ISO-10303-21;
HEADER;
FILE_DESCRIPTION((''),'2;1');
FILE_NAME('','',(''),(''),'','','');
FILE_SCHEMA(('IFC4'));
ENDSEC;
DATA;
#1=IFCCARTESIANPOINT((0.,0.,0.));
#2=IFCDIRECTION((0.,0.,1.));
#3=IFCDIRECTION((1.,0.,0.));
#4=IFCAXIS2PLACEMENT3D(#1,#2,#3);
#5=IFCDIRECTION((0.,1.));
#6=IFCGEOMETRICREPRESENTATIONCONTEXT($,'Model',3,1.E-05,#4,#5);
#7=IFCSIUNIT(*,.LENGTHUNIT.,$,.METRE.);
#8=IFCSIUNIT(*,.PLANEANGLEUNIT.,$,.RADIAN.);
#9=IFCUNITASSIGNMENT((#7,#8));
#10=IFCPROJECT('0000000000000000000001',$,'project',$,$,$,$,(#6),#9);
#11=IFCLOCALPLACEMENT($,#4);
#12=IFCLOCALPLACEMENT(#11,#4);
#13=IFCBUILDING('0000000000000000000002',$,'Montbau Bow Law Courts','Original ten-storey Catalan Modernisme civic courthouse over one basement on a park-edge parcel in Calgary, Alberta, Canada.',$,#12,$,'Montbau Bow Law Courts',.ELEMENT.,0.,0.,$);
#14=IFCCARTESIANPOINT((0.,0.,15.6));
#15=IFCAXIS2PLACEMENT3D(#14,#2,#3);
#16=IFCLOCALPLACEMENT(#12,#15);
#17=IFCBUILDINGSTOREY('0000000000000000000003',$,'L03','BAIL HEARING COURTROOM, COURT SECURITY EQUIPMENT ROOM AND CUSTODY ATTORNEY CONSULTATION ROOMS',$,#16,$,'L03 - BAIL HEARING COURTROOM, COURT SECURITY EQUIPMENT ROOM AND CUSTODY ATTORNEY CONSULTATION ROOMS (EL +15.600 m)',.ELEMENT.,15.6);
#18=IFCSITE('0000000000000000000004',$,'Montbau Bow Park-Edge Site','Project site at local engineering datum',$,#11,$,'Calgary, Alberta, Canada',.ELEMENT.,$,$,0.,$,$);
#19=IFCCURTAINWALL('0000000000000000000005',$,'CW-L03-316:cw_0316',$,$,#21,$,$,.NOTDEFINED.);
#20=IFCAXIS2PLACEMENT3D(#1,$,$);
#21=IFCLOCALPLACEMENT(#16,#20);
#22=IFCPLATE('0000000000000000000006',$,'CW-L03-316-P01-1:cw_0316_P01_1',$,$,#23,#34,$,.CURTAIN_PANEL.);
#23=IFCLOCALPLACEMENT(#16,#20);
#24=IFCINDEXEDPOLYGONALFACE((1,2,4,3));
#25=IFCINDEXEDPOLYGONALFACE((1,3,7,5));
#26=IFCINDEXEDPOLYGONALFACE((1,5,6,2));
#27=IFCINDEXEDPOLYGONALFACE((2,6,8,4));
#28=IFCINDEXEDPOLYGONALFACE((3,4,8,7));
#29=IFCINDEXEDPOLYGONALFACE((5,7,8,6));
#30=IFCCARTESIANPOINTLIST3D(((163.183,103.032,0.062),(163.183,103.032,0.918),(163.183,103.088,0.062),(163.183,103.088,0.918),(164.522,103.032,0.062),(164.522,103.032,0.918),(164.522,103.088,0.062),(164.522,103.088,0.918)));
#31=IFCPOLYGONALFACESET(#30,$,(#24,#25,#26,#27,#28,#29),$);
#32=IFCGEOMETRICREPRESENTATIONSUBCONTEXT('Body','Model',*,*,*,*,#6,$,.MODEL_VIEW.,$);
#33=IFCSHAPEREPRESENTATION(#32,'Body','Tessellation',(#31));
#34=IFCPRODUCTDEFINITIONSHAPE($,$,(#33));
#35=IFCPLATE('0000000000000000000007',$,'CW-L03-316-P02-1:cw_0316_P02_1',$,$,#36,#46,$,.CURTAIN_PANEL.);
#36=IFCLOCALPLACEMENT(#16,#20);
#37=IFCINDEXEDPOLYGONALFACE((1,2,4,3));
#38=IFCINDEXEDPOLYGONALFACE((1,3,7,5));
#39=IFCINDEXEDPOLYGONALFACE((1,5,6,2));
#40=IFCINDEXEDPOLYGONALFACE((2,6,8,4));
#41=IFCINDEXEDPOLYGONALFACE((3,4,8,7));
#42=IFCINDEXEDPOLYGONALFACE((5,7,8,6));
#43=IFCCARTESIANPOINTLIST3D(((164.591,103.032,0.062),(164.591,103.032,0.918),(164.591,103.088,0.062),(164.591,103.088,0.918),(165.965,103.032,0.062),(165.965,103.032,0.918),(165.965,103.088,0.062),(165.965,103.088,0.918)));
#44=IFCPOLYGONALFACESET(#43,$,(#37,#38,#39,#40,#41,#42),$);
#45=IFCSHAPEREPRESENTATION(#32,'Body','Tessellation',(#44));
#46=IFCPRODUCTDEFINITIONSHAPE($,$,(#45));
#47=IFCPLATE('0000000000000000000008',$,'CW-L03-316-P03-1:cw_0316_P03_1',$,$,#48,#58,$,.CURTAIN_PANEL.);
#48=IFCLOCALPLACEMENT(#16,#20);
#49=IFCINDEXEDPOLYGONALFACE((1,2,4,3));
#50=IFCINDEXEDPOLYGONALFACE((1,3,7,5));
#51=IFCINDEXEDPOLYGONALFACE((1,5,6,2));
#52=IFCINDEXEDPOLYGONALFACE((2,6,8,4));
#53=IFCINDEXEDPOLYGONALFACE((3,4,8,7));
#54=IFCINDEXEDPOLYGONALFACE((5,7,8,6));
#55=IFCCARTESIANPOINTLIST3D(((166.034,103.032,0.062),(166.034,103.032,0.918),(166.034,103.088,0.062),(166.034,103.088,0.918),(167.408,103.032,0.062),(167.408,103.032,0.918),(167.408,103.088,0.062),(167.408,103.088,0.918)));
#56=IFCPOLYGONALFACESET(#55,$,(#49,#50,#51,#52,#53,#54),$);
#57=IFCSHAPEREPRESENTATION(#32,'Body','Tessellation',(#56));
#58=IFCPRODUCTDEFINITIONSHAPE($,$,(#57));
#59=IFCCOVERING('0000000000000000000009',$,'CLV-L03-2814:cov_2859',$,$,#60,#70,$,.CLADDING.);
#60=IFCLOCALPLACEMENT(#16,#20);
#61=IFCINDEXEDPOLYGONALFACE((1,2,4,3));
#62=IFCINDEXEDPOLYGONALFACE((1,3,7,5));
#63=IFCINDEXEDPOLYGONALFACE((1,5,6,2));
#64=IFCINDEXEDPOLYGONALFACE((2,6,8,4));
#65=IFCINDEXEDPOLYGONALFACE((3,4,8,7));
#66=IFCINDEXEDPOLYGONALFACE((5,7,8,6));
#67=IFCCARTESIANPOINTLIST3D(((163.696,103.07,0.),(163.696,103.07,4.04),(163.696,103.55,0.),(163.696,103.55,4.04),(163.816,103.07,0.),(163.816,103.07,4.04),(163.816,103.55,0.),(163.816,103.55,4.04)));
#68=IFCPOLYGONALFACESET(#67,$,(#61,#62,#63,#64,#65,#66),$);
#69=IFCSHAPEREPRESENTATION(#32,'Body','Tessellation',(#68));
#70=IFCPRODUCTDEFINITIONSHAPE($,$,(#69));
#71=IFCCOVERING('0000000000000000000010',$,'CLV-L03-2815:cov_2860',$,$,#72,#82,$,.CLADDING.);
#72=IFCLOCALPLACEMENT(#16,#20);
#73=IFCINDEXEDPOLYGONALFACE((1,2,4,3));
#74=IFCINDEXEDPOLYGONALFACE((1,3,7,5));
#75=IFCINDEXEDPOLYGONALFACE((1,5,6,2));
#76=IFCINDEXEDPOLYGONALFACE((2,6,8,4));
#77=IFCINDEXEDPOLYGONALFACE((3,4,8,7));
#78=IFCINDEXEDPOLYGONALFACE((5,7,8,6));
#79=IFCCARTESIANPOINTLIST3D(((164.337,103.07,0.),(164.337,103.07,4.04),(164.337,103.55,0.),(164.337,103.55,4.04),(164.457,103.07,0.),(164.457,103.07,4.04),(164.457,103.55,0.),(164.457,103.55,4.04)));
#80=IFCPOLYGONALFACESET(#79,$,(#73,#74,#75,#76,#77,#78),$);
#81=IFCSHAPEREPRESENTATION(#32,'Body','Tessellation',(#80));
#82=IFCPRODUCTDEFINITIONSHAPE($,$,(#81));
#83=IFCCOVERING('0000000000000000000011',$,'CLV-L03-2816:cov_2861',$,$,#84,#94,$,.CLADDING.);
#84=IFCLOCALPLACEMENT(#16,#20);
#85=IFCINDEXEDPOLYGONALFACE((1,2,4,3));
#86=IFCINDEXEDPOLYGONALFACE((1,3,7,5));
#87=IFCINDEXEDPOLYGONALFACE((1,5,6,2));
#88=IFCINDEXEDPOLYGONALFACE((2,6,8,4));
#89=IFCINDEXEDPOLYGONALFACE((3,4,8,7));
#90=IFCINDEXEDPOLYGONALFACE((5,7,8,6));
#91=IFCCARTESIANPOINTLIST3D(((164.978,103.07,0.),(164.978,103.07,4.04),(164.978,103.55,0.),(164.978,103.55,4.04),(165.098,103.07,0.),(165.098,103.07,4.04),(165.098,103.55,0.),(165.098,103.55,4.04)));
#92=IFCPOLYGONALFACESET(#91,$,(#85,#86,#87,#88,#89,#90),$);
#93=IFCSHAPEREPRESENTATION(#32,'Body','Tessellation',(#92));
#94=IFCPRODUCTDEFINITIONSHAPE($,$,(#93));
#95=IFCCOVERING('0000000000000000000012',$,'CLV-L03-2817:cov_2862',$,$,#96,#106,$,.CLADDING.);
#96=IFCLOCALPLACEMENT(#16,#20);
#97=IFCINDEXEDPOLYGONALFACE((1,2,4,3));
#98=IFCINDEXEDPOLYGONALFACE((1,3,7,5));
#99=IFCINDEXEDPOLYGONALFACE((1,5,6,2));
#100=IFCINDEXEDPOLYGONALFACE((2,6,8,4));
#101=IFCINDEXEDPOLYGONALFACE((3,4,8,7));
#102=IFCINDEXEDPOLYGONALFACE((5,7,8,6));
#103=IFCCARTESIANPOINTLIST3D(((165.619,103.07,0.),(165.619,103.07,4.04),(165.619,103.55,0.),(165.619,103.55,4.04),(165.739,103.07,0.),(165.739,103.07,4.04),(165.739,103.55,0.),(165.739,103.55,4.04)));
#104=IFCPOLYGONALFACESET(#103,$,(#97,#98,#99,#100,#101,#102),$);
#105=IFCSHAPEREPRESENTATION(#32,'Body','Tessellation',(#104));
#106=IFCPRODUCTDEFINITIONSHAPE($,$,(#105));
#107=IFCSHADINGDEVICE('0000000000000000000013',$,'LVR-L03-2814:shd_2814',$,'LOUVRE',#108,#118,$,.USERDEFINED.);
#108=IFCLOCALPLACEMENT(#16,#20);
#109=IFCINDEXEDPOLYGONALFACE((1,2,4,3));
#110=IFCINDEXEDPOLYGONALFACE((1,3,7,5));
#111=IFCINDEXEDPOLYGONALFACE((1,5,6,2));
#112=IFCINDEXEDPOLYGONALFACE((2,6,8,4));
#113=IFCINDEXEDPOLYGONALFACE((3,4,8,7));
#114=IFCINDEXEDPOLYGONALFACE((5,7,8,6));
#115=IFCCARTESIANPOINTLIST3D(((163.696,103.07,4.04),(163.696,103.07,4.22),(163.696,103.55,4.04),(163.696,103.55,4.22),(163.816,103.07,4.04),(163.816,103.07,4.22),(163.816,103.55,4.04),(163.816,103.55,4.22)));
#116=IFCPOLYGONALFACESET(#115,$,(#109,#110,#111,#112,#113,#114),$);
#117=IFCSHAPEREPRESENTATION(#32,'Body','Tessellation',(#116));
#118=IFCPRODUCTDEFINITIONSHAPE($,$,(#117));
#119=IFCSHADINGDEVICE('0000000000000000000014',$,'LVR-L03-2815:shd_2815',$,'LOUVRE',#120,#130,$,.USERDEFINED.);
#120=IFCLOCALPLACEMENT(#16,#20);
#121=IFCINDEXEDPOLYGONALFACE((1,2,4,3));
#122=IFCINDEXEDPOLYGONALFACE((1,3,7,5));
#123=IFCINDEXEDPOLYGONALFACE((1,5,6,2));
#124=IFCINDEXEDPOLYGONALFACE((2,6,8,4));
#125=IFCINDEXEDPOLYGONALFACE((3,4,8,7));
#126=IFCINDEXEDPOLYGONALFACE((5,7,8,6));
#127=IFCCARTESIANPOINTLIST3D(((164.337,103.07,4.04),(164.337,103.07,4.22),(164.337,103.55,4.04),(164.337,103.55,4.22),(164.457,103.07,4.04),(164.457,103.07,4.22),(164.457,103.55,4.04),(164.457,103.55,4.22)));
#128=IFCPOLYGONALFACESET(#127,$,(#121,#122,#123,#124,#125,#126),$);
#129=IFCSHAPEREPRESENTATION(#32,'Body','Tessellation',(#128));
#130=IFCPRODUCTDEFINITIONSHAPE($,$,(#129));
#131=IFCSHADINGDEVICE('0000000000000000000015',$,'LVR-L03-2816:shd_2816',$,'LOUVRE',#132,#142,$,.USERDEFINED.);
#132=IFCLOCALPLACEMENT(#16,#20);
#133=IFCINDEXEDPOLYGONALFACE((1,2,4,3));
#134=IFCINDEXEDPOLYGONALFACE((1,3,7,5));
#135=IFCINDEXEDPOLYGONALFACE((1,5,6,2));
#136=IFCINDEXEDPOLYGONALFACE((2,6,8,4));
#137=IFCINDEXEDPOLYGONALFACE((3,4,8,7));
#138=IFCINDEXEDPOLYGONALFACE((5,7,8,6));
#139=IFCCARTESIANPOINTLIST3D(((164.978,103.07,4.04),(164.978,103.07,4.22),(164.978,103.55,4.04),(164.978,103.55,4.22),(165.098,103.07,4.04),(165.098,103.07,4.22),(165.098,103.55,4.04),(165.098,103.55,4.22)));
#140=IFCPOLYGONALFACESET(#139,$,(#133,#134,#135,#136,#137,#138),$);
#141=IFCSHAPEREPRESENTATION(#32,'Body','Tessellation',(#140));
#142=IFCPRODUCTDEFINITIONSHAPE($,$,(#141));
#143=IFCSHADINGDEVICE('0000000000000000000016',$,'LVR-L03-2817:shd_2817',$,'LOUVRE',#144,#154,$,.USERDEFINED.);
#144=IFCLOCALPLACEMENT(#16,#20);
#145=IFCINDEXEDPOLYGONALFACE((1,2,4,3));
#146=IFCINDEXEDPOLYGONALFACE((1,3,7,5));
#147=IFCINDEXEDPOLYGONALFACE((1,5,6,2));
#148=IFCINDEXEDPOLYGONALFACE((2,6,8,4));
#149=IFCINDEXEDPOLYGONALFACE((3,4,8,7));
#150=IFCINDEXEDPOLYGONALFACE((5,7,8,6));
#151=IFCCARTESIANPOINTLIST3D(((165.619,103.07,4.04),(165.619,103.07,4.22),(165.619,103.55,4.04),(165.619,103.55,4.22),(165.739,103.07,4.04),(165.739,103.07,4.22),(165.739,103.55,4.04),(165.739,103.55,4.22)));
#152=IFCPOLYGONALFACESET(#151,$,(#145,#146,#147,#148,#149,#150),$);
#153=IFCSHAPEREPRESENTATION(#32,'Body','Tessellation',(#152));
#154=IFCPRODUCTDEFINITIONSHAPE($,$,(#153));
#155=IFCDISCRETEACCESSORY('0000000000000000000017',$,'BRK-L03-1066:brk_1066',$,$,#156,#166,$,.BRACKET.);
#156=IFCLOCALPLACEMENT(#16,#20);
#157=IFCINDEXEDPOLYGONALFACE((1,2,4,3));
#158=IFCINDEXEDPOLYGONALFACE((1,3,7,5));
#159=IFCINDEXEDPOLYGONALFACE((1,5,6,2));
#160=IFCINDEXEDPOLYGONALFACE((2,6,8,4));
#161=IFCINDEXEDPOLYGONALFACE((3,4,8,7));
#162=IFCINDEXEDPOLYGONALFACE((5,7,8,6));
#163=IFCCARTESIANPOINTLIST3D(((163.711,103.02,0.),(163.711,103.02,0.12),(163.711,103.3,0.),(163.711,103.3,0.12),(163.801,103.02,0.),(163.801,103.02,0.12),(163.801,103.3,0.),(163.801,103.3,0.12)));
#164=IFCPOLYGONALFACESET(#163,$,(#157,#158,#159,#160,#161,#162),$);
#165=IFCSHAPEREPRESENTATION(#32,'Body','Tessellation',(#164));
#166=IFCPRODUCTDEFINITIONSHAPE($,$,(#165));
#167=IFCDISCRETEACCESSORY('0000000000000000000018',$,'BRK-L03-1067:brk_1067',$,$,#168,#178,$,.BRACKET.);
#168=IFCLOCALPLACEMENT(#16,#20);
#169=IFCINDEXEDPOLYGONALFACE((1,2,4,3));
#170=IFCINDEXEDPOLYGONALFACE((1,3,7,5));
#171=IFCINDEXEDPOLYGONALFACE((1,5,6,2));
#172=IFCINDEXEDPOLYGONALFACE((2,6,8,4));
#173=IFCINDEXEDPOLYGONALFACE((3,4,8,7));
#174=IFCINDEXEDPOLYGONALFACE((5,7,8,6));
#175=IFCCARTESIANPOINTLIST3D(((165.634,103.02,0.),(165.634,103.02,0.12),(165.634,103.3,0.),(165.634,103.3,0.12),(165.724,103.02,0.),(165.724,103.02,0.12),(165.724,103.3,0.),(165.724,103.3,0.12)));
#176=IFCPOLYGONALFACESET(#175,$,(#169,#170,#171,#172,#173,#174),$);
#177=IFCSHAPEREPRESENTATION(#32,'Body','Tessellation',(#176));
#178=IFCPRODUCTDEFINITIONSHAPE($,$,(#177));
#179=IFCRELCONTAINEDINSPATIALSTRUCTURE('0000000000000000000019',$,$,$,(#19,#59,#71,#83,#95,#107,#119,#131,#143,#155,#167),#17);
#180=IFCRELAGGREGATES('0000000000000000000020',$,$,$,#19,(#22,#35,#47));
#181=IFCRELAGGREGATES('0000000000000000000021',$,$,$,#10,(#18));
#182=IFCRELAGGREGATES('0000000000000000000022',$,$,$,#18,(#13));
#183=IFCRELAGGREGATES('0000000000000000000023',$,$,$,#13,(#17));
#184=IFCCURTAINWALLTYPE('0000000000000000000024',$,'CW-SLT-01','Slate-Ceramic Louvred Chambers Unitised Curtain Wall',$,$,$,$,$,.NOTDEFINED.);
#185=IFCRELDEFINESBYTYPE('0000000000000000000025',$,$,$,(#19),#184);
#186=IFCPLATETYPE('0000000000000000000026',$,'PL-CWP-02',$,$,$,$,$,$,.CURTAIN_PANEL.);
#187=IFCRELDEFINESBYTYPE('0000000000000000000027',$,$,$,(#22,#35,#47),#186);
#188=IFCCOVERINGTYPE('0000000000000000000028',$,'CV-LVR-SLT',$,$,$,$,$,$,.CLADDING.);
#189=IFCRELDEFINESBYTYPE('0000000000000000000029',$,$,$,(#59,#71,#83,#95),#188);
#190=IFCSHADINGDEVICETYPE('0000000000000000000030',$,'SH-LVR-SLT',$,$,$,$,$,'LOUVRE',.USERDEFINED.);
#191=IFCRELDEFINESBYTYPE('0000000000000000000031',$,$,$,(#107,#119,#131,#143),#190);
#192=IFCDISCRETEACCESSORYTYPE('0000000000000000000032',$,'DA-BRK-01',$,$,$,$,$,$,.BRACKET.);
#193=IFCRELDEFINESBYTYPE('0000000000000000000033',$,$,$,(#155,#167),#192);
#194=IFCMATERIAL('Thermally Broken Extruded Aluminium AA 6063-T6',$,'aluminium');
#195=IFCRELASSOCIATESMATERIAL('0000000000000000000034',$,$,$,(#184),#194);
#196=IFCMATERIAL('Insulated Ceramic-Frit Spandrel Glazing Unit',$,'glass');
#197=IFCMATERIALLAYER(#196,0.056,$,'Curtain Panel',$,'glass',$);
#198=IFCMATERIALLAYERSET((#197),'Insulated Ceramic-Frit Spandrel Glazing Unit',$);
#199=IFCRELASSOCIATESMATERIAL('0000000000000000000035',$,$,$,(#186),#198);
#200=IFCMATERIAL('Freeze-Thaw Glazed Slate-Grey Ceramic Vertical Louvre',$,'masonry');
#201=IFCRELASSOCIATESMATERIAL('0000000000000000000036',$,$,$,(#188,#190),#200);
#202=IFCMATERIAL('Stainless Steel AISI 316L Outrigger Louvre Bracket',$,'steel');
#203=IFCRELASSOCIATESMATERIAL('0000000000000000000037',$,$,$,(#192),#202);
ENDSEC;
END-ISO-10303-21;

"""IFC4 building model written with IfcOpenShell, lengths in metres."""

from ifc_helpers import new_model, si_unit, direction, frame, frame_2d, origin_with_axes, origin_2d_with_axis, place, context, subcontext, project, spatial, rectangle, extrude, material, layer, layer_set, type_object, element, aggregate, save


model = new_model("IFC4")

# Units and contexts
model_context = context("Model", 3, precision=1e-05, world=origin_with_axes(), true_north=direction((0.0, 1.0)))
body_context = subcontext(model_context, "Body", "Model", "MODEL_VIEW")
ifc_project = project(units=[si_unit("LENGTHUNIT", "METRE"), si_unit("PLANEANGLEUNIT", "RADIAN")], contexts=[model_context])

# Site, building, storey
site_placement = place(None, origin_with_axes())
site = spatial("IfcSite", under=ifc_project, at=site_placement, Name="Montbau Bow Park-Edge Site", Description="Project site at local engineering datum", LongName="Calgary, Alberta, Canada", CompositionType="ELEMENT", RefElevation=0.0)
building_placement = place(site_placement, origin_with_axes())
building = spatial("IfcBuilding", under=site, at=building_placement, Name="Montbau Bow Law Courts", Description="Original ten-storey Catalan Modernisme civic courthouse over one basement on a park-edge parcel in Calgary, Alberta, Canada.", LongName="Montbau Bow Law Courts", CompositionType="ELEMENT", ElevationOfRefHeight=0.0, ElevationOfTerrain=0.0)
storey_placement = place(building_placement, frame((0.0, 0.0, 15.6), z_axis=(0.0, 0.0, 1.0), x_axis=(1.0, 0.0, 0.0)))
storey = spatial("IfcBuildingStorey", under=building, at=storey_placement, Name="L03", Description="BAIL HEARING COURTROOM, COURT SECURITY EQUIPMENT ROOM AND CUSTODY ATTORNEY CONSULTATION ROOMS", LongName="L03 - BAIL HEARING COURTROOM, COURT SECURITY EQUIPMENT ROOM AND CUSTODY ATTORNEY CONSULTATION ROOMS (EL +15.600 m)", CompositionType="ELEMENT", Elevation=15.6)

# Curtain wall, plates
ifc_material_1 = material(Name="Thermally Broken Extruded Aluminium AA 6063-T6", Category="aluminium")
curtain_wall_type = type_object("IfcCurtainWallType", Name="CW-SLT-01", Description="Slate-Ceramic Louvred Chambers Unitised Curtain Wall", PredefinedType="NOTDEFINED", material=ifc_material_1)
curtain_wall_placement = place(None, frame((163.115, 103.06, 15.6), z_axis=(0.0, 0.0, 1.0), x_axis=(1.0, 0.0, 0.0)))
curtain_wall = element("IfcCurtainWall", 1, at=curtain_wall_placement, inside=storey, type_object=curtain_wall_type, Name="CW-L03-316:cw_0316", PredefinedType="NOTDEFINED")
ifc_material_2 = material(Name="Insulated Ceramic-Frit Spandrel Glazing Unit", Category="glass")
ifc_layer_1 = layer(ifc_material_2, 0.056, Name="Curtain Panel", Category="glass")
ifc_layer_set_1 = layer_set([ifc_layer_1], Name="Insulated Ceramic-Frit Spandrel Glazing Unit")
plate_type_1 = type_object("IfcPlateType", Name="PL-CWP-02", PredefinedType="CURTAIN_PANEL", material=ifc_layer_set_1)
plate_1_placement = place(None, frame((163.183, 103.06, 15.662), z_axis=(0.0, -1.0, 0.0), x_axis=(1.0, 0.0, 0.0)))
plate_1 = element("IfcPlate", 2, at=plate_1_placement, type_object=plate_type_1, Name="CW-L03-316-P01-1:cw_0316_P01_1", PredefinedType="CURTAIN_PANEL", context=body_context, shape_type="SweptSolid", body=[
    extrude(rectangle(XDim=1.339, YDim=0.856, at=frame_2d((0.6695, 0.428), x_axis=(1.0, 0.0))), frame((0.0, 0.0, -0.028), z_axis=(0.0, 0.0, 1.0), x_axis=(1.0, 0.0, 0.0)), (0.0, 0.0, 1.0), 0.056),
])
plate_2_placement = place(None, frame((164.591, 103.06, 15.662), z_axis=(0.0, -1.0, 0.0), x_axis=(1.0, 0.0, 0.0)))
plate_2 = element("IfcPlate", 3, at=plate_2_placement, type_object=plate_type_1, Name="CW-L03-316-P02-1:cw_0316_P02_1", PredefinedType="CURTAIN_PANEL", context=body_context, shape_type="SweptSolid", body=[
    extrude(rectangle(XDim=1.374, YDim=0.856, at=frame_2d((0.687, 0.428), x_axis=(1.0, 0.0))), frame((0.0, 0.0, -0.028), z_axis=(0.0, 0.0, 1.0), x_axis=(1.0, 0.0, 0.0)), (0.0, 0.0, 1.0), 0.056),
])
plate_3_placement = place(None, frame((166.034, 103.06, 15.662), z_axis=(0.0, -1.0, 0.0), x_axis=(1.0, 0.0, 0.0)))
plate_3 = element("IfcPlate", 4, at=plate_3_placement, type_object=plate_type_1, Name="CW-L03-316-P03-1:cw_0316_P03_1", PredefinedType="CURTAIN_PANEL", context=body_context, shape_type="SweptSolid", body=[
    extrude(rectangle(XDim=1.374, YDim=0.856, at=frame_2d((0.687, 0.428), x_axis=(1.0, 0.0))), frame((0.0, 0.0, -0.028), z_axis=(0.0, 0.0, 1.0), x_axis=(1.0, 0.0, 0.0)), (0.0, 0.0, 1.0), 0.056),
])
aggregate(curtain_wall, [plate_1, plate_2, plate_3])

# Coverings
ifc_material_3 = material(Name="Freeze-Thaw Glazed Slate-Grey Ceramic Vertical Louvre", Category="masonry")
covering_type = type_object("IfcCoveringType", Name="CV-LVR-SLT", PredefinedType="CLADDING", material=ifc_material_3)
for number, where, z_axis, x_axis, name in (
    (5, (163.756, 103.07, 15.6), (1.0, 0.0, 0.0), (0.0, 1.0, 0.0), "CLV-L03-2814:cov_2859"),
    (6, (164.397, 103.07, 15.6), (1.0, 0.0, 0.0), (0.0, 1.0, 0.0), "CLV-L03-2815:cov_2860"),
    (7, (165.038, 103.07, 15.6), (1.0, 0.0, 0.0), (0.0, 1.0, 0.0), "CLV-L03-2816:cov_2861"),
    (8, (165.679, 103.07, 15.6), (1.0, 0.0, 0.0), (0.0, 1.0, 0.0), "CLV-L03-2817:cov_2862"),
):
    element("IfcCovering", number, at=place(None, frame(where, z_axis=z_axis, x_axis=x_axis)), inside=storey, type_object=covering_type, Name=name, PredefinedType="CLADDING", context=body_context, shape_type="SweptSolid", body=[
        extrude(rectangle(XDim=0.48, YDim=4.04, at=frame_2d((0.24, 2.02), x_axis=(1.0, 0.0))), frame((0.0, 0.0, -0.06), z_axis=(0.0, 0.0, 1.0), x_axis=(1.0, 0.0, 0.0)), (0.0, 0.0, 1.0), 0.12),
    ])

# Shading devices
shading_device_type = type_object("IfcShadingDeviceType", Name="SH-LVR-SLT", ElementType="LOUVRE", PredefinedType="USERDEFINED", material=ifc_material_3)
for number, where, z_axis, x_axis, name in (
    (9, (163.756, 103.31, 19.64), (0.0, 0.0, 1.0), (0.0, 1.0, 0.0), "LVR-L03-2814:shd_2814"),
    (10, (164.397, 103.31, 19.64), (0.0, 0.0, 1.0), (0.0, 1.0, 0.0), "LVR-L03-2815:shd_2815"),
    (11, (165.038, 103.31, 19.64), (0.0, 0.0, 1.0), (0.0, 1.0, 0.0), "LVR-L03-2816:shd_2816"),
    (12, (165.679, 103.31, 19.64), (0.0, 0.0, 1.0), (0.0, 1.0, 0.0), "LVR-L03-2817:shd_2817"),
):
    element("IfcShadingDevice", number, at=place(None, frame(where, z_axis=z_axis, x_axis=x_axis)), inside=storey, type_object=shading_device_type, Name=name, ObjectType="LOUVRE", PredefinedType="USERDEFINED", context=body_context, shape_type="SweptSolid", body=[
        extrude(rectangle(XDim=0.48, YDim=0.12, at=origin_2d_with_axis()), origin_with_axes(), (0.0, 0.0, 1.0), 0.18),
    ])

# Discrete accessories
ifc_material_4 = material(Name="Stainless Steel AISI 316L Outrigger Louvre Bracket", Category="steel")
discrete_accessory_type = type_object("IfcDiscreteAccessoryType", Name="DA-BRK-01", PredefinedType="BRACKET", material=ifc_material_4)
for number, where, z_axis, x_axis, name in (
    (13, (163.756, 103.16, 15.6), (0.0, 0.0, 1.0), (0.0, 1.0, 0.0), "BRK-L03-1066:brk_1066"),
    (14, (165.679, 103.16, 15.6), (0.0, 0.0, 1.0), (0.0, 1.0, 0.0), "BRK-L03-1067:brk_1067"),
):
    element("IfcDiscreteAccessory", number, at=place(None, frame(where, z_axis=z_axis, x_axis=x_axis)), inside=storey, type_object=discrete_accessory_type, Name=name, PredefinedType="BRACKET", context=body_context, shape_type="SweptSolid", body=[
        extrude(rectangle(XDim=0.28, YDim=0.09, at=origin_2d_with_axis()), origin_with_axes(), (0.0, 0.0, 1.0), 0.12),
    ])

save(model, "model.ifc")
